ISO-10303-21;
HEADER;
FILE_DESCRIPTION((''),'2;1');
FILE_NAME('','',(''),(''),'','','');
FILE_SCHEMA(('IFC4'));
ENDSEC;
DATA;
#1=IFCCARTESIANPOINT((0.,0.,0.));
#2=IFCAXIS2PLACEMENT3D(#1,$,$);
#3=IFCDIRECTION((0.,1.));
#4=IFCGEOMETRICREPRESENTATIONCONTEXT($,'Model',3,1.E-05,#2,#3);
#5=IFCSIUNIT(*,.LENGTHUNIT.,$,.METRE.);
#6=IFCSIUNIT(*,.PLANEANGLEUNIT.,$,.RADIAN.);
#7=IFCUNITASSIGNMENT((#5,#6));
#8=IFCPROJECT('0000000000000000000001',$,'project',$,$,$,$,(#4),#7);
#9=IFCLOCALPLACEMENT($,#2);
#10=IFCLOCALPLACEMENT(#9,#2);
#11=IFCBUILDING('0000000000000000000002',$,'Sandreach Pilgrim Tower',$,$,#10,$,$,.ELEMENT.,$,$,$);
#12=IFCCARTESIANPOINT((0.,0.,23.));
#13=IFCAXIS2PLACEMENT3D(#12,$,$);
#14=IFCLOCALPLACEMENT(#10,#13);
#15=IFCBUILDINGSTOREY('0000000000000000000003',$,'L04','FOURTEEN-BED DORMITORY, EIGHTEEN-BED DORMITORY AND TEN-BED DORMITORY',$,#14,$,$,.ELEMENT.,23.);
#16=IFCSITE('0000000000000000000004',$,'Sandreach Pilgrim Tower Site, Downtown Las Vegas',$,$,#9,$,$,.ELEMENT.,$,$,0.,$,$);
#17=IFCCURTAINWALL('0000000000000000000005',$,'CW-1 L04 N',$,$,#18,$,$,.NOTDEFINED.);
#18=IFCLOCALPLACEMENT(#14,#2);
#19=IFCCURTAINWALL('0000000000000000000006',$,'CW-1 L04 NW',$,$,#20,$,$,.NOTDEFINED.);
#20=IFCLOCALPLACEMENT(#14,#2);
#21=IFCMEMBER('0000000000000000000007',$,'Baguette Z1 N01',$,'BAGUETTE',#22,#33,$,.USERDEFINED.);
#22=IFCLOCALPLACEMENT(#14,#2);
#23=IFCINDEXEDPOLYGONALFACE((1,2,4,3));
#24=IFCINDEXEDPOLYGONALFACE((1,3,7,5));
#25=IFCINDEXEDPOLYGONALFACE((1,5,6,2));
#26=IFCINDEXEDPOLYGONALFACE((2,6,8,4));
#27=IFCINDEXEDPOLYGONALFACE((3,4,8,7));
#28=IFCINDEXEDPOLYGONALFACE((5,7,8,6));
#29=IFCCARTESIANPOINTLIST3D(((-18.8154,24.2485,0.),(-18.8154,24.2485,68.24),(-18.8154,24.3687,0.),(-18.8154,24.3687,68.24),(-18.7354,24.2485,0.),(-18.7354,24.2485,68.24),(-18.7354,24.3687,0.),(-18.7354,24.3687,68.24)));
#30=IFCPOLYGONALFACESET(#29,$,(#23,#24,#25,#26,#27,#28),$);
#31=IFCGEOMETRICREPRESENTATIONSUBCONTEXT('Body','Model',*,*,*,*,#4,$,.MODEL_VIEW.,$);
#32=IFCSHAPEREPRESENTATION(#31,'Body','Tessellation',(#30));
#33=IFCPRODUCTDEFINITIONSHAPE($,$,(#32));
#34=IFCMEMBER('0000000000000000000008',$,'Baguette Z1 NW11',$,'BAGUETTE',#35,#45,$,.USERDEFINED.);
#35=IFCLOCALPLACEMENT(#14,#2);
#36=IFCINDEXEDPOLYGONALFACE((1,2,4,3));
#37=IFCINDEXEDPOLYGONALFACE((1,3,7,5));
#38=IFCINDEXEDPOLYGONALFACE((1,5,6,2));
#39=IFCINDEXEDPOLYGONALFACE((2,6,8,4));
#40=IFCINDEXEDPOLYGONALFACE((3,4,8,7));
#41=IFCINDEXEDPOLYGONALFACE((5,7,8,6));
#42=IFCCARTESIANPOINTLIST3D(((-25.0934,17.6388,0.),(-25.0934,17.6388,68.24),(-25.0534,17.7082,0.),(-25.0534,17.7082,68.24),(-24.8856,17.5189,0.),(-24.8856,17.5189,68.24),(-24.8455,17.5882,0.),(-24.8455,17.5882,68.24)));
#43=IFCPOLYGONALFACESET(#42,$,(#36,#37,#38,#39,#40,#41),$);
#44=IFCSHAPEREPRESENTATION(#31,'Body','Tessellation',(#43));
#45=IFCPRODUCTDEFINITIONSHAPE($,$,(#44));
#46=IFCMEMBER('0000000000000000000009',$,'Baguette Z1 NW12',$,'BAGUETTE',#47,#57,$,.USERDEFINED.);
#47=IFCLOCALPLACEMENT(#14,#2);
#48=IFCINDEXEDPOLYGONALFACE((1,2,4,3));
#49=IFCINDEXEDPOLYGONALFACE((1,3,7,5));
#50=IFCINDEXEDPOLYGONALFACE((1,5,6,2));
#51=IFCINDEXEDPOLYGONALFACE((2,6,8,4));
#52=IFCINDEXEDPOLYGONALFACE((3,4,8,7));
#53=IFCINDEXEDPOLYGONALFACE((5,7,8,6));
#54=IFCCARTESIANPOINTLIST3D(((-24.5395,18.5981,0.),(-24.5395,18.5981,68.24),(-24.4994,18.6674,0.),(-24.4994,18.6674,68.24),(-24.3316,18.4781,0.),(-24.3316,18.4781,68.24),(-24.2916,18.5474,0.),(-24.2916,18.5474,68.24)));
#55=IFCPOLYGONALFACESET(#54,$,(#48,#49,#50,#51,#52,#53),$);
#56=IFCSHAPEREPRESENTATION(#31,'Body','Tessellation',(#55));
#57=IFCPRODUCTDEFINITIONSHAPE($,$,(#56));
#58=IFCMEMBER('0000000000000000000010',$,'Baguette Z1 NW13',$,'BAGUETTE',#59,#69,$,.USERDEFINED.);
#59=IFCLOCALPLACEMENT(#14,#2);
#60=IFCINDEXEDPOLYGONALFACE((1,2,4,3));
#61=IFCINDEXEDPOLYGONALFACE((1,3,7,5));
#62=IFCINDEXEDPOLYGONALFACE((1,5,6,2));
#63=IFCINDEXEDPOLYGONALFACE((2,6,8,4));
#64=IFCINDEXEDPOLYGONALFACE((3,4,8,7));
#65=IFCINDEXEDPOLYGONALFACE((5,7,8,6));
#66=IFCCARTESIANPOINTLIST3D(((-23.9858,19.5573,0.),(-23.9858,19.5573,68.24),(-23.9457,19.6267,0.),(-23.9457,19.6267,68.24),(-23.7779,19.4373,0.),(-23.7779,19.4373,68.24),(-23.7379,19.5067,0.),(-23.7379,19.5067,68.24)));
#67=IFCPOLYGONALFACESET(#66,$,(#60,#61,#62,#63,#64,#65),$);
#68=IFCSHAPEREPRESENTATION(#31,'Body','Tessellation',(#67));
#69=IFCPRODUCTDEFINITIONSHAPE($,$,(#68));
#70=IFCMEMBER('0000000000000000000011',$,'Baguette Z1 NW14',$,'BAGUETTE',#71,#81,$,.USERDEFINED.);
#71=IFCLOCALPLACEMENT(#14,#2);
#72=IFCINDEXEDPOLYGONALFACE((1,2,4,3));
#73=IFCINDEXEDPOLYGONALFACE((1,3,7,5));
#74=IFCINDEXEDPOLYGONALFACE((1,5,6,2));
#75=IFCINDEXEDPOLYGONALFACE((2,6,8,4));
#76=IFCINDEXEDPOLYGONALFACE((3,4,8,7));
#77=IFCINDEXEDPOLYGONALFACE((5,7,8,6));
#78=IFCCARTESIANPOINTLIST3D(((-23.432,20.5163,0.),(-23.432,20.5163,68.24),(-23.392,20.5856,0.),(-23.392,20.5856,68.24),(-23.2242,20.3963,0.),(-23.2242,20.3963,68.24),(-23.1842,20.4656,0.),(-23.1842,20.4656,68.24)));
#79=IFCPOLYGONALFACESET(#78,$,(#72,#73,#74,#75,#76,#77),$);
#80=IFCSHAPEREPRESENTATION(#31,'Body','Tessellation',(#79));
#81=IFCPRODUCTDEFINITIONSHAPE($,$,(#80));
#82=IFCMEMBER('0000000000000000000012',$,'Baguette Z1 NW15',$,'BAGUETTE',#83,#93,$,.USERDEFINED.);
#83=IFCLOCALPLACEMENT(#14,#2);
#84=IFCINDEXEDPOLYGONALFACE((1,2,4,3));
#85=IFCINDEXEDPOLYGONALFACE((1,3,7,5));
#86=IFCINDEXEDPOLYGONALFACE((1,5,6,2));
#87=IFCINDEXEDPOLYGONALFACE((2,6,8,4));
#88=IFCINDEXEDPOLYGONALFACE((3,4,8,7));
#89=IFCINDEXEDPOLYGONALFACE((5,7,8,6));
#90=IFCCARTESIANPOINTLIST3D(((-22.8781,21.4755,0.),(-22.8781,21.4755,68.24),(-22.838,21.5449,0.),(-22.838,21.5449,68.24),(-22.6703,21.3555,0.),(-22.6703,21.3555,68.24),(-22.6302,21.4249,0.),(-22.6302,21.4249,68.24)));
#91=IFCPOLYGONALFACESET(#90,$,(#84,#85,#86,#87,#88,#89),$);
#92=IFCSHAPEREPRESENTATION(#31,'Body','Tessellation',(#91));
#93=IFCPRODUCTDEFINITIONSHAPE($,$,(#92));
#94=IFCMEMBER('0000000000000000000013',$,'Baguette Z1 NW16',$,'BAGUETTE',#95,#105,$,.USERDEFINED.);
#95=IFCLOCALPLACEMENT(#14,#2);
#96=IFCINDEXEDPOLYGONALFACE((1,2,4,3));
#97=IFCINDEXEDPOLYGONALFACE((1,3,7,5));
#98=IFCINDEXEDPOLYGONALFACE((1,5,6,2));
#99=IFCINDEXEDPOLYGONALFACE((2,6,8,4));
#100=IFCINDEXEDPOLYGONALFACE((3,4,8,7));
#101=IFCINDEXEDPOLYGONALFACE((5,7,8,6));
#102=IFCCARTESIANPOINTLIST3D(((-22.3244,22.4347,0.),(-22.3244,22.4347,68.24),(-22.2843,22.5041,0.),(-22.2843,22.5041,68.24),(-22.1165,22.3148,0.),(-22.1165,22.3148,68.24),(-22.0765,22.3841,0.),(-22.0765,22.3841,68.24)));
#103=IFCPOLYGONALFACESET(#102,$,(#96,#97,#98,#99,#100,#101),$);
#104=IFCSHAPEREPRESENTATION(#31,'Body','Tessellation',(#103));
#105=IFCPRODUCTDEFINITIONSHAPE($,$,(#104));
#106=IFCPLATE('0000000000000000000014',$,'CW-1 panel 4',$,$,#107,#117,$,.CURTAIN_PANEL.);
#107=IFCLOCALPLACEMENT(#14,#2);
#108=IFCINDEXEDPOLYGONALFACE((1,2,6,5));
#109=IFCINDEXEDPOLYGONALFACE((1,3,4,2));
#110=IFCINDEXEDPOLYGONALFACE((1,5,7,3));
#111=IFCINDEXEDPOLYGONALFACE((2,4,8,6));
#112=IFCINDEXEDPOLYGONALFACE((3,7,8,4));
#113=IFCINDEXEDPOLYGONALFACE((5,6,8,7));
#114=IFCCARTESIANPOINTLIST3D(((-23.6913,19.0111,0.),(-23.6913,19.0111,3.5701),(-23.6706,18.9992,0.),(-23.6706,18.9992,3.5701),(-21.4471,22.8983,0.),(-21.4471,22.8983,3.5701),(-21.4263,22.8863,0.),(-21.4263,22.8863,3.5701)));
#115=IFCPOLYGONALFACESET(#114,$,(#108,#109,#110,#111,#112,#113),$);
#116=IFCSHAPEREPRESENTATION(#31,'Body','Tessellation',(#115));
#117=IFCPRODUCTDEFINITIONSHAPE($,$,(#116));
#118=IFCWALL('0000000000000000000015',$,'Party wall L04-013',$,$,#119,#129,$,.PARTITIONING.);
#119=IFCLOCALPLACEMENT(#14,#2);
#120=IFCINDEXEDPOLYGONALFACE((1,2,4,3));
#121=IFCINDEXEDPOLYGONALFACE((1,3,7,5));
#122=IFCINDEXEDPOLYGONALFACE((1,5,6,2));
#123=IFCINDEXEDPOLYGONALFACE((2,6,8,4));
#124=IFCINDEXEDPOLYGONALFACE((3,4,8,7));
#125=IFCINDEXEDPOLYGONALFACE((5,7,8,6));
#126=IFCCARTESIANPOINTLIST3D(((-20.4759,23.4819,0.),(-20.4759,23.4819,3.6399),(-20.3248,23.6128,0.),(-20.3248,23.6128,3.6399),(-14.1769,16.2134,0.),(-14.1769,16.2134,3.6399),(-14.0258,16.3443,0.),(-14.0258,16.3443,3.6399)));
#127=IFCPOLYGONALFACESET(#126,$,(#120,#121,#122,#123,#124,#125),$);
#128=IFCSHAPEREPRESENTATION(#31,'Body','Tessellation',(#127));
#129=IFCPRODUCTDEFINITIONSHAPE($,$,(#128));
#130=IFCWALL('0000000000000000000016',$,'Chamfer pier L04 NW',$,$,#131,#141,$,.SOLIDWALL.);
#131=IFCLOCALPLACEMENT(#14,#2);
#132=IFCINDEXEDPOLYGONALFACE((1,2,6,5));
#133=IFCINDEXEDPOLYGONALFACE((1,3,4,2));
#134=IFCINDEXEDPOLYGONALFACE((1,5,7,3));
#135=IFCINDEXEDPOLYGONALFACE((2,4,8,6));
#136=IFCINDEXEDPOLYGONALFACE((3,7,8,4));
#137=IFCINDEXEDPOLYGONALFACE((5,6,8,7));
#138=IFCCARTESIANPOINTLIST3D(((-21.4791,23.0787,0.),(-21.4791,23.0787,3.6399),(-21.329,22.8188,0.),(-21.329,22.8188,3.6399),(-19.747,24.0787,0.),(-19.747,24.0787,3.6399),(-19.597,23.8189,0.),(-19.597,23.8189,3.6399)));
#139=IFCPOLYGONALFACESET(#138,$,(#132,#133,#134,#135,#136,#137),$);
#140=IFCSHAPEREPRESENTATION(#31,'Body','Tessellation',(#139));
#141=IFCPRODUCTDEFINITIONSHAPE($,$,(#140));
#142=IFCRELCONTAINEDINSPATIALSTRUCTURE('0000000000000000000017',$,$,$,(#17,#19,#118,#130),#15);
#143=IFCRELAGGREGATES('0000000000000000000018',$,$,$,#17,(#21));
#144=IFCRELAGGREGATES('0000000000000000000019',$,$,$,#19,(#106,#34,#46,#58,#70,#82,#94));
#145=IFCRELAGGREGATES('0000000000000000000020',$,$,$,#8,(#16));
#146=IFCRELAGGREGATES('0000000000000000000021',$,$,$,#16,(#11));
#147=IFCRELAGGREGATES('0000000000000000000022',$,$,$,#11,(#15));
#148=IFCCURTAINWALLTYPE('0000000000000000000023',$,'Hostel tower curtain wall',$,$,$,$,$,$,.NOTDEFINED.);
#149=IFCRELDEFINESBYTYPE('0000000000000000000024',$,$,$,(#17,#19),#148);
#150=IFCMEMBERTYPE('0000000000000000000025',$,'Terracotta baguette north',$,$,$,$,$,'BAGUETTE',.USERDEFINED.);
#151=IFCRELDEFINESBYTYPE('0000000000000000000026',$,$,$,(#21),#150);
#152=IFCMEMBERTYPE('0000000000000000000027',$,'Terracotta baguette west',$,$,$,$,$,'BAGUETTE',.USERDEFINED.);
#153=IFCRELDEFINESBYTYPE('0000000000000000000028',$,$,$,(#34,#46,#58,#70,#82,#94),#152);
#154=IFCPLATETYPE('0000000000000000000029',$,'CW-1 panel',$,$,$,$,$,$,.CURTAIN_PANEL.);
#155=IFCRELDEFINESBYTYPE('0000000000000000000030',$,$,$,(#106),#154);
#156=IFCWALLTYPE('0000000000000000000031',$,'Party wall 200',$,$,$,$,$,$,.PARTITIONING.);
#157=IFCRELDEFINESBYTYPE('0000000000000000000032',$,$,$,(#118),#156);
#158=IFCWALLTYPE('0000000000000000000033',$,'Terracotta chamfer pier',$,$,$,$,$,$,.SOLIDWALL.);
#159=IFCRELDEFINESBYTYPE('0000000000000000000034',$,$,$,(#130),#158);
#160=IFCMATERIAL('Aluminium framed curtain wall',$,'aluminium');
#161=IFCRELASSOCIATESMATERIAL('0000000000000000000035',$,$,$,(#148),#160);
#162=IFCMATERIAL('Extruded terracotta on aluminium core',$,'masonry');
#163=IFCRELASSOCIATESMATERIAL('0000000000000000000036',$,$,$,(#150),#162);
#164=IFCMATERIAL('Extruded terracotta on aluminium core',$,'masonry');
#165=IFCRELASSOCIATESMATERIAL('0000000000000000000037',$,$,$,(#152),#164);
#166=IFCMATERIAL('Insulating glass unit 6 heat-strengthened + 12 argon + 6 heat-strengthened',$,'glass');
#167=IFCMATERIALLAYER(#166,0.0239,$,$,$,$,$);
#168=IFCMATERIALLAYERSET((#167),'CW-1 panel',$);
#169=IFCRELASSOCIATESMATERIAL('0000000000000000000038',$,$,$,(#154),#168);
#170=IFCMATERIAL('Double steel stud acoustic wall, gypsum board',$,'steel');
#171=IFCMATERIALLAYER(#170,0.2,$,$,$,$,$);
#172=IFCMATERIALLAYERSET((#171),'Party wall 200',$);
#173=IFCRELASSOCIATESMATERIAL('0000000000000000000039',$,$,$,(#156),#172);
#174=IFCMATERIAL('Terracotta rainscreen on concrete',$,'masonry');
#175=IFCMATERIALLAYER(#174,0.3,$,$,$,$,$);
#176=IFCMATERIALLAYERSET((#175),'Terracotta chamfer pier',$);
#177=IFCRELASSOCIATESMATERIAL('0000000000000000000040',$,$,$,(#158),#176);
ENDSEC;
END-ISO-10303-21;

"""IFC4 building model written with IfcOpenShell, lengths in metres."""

from ifc_helpers import new_model, si_unit, direction, frame, frame_2d, origin, origin_2d, place, context, subcontext, project, spatial, rectangle, extrude, material, layer, layer_set, material_profile, profile_set, type_object, element, aggregate, save


model = new_model("IFC4")

# Units and contexts
model_context = context("Model", 3, precision=1e-05, world=origin(), true_north=direction((0.0, 1.0)))
body_context = subcontext(model_context, "Body", "Model", "MODEL_VIEW")
ifc_project = project(units=[si_unit("LENGTHUNIT", "METRE"), si_unit("PLANEANGLEUNIT", "RADIAN")], contexts=[model_context])

# Site, building, storey
site_placement = place(None, origin())
site = spatial("IfcSite", under=ifc_project, at=site_placement, Name="Sandreach Pilgrim Tower Site, Downtown Las Vegas", CompositionType="ELEMENT", RefElevation=0.0)
building_placement = place(site_placement, origin())
building = spatial("IfcBuilding", under=site, at=building_placement, Name="Sandreach Pilgrim Tower", CompositionType="ELEMENT")
storey_placement = place(building_placement, frame((0.0, 0.0, 23.0)))
storey = spatial("IfcBuildingStorey", under=building, at=storey_placement, Name="L04", Description="FOURTEEN-BED DORMITORY, EIGHTEEN-BED DORMITORY AND TEN-BED DORMITORY", CompositionType="ELEMENT", Elevation=23.0)

# Curtain wall
ifc_material_1 = material(Name="Aluminium framed curtain wall", Category="aluminium")
curtain_wall_type = type_object("IfcCurtainWallType", Name="Hostel tower curtain wall", PredefinedType="NOTDEFINED", material=ifc_material_1)
curtain_wall_1_placement = place(storey_placement, origin())
curtain_wall_1 = element("IfcCurtainWall", 1, at=curtain_wall_1_placement, inside=storey, type_object=curtain_wall_type, Name="CW-1 L04 N", PredefinedType="NOTDEFINED")

# Curtain wall
curtain_wall_2_placement = place(storey_placement, origin())
curtain_wall_2 = element("IfcCurtainWall", 2, at=curtain_wall_2_placement, inside=storey, type_object=curtain_wall_type, Name="CW-1 L04 NW", PredefinedType="NOTDEFINED")

# Members
ifc_material_2 = material(Name="Extruded terracotta on aluminium core", Category="masonry")
ifc_material_profile_1 = material_profile(ifc_material_2, rectangle(XDim=0.0801, YDim=0.1201, at=origin_2d()), Name="TBN 80X120")
ifc_profile_set_1 = profile_set([ifc_material_profile_1], Name="Extruded terracotta on aluminium core")
member_type_1 = type_object("IfcMemberType", Name="Terracotta baguette north", ElementType="BAGUETTE", PredefinedType="USERDEFINED", material=ifc_profile_set_1)
member_1_placement = place(storey_placement, frame((-18.7754, 24.3086, 0.0), z_axis=(0.0, 0.0, 1.0), x_axis=(1.0, 0.0, 0.0)))
member_1 = element("IfcMember", 3, at=member_1_placement, type_object=member_type_1, Name="Baguette Z1 N01", ObjectType="BAGUETTE", PredefinedType="USERDEFINED", context=body_context, shape_type="SweptSolid", body=[
    extrude(rectangle(XDim=0.0801, YDim=0.1201, at=origin_2d()), origin(), (0.0, 0.0, 1.0), 68.24),
])
aggregate(curtain_wall_1, [member_1])
ifc_material_3 = material(Name="Extruded terracotta on aluminium core", Category="masonry")
ifc_material_profile_2 = material_profile(ifc_material_3, rectangle(XDim=0.0801, YDim=0.24, at=origin_2d()), Name="TBW 80X240")
ifc_profile_set_2 = profile_set([ifc_material_profile_2], Name="Extruded terracotta on aluminium core")
member_type_2 = type_object("IfcMemberType", Name="Terracotta baguette west", ElementType="BAGUETTE", PredefinedType="USERDEFINED", material=ifc_profile_set_2)
member_2_placement = place(storey_placement, frame((-24.9695, 17.6135, 0.0), z_axis=(0.0, 0.0, 1.0), x_axis=(0.5, 0.866025, 0.0)))
member_2 = element("IfcMember", 4, at=member_2_placement, type_object=member_type_2, Name="Baguette Z1 NW11", ObjectType="BAGUETTE", PredefinedType="USERDEFINED", context=body_context, shape_type="SweptSolid", body=[
    extrude(rectangle(XDim=0.0801, YDim=0.24, at=origin_2d()), origin(), (0.0, 0.0, 1.0), 68.24),
])
member_3_placement = place(storey_placement, frame((-24.4155, 18.5728, 0.0), z_axis=(0.0, 0.0, 1.0), x_axis=(0.5, 0.866025, 0.0)))
member_3 = element("IfcMember", 5, at=member_3_placement, type_object=member_type_2, Name="Baguette Z1 NW12", ObjectType="BAGUETTE", PredefinedType="USERDEFINED", context=body_context, shape_type="SweptSolid", body=[
    extrude(rectangle(XDim=0.0801, YDim=0.24, at=origin_2d()), origin(), (0.0, 0.0, 1.0), 68.24),
])
member_4_placement = place(storey_placement, frame((-23.8618, 19.532, 0.0), z_axis=(0.0, 0.0, 1.0), x_axis=(0.5, 0.866025, 0.0)))
member_4 = element("IfcMember", 6, at=member_4_placement, type_object=member_type_2, Name="Baguette Z1 NW13", ObjectType="BAGUETTE", PredefinedType="USERDEFINED", context=body_context, shape_type="SweptSolid", body=[
    extrude(rectangle(XDim=0.0801, YDim=0.24, at=origin_2d()), origin(), (0.0, 0.0, 1.0), 68.24),
])
member_5_placement = place(storey_placement, frame((-23.3081, 20.491, 0.0), z_axis=(0.0, 0.0, 1.0), x_axis=(0.5, 0.866025, 0.0)))
member_5 = element("IfcMember", 7, at=member_5_placement, type_object=member_type_2, Name="Baguette Z1 NW14", ObjectType="BAGUETTE", PredefinedType="USERDEFINED", context=body_context, shape_type="SweptSolid", body=[
    extrude(rectangle(XDim=0.0801, YDim=0.24, at=origin_2d()), origin(), (0.0, 0.0, 1.0), 68.24),
])
member_6_placement = place(storey_placement, frame((-22.7542, 21.4502, 0.0), z_axis=(0.0, 0.0, 1.0), x_axis=(0.5, 0.866025, 0.0)))
member_6 = element("IfcMember", 8, at=member_6_placement, type_object=member_type_2, Name="Baguette Z1 NW15", ObjectType="BAGUETTE", PredefinedType="USERDEFINED", context=body_context, shape_type="SweptSolid", body=[
    extrude(rectangle(XDim=0.0801, YDim=0.24, at=origin_2d()), origin(), (0.0, 0.0, 1.0), 68.24),
])
member_7_placement = place(storey_placement, frame((-22.2004, 22.4094, 0.0), z_axis=(0.0, 0.0, 1.0), x_axis=(0.5, 0.866025, 0.0)))
member_7 = element("IfcMember", 9, at=member_7_placement, type_object=member_type_2, Name="Baguette Z1 NW16", ObjectType="BAGUETTE", PredefinedType="USERDEFINED", context=body_context, shape_type="SweptSolid", body=[
    extrude(rectangle(XDim=0.0801, YDim=0.24, at=origin_2d()), origin(), (0.0, 0.0, 1.0), 68.24),
])

# Plate
ifc_material_4 = material(Name="Insulating glass unit 6 heat-strengthened + 12 argon + 6 heat-strengthened", Category="glass")
ifc_layer_1 = layer(ifc_material_4, 0.0239)
ifc_layer_set_1 = layer_set([ifc_layer_1], Name="CW-1 panel")
plate_type = type_object("IfcPlateType", Name="CW-1 panel", PredefinedType="CURTAIN_PANEL", material=ifc_layer_set_1)
plate_placement = place(storey_placement, frame((-22.5588, 20.9487, 0.0), z_axis=(0.0, 0.0, 1.0), x_axis=(0.5, 0.866025, 0.0)))
plate = element("IfcPlate", 10, at=plate_placement, type_object=plate_type, Name="CW-1 panel 4", PredefinedType="CURTAIN_PANEL", context=body_context, shape_type="SweptSolid", body=[
    extrude(rectangle(XDim=4.4885, YDim=0.0239, at=origin_2d()), origin(), (0.0, 0.0, 1.0), 3.5701),
])
aggregate(curtain_wall_2, [plate, member_2, member_3, member_4, member_5, member_6, member_7])

# Walls
ifc_material_5 = material(Name="Double steel stud acoustic wall, gypsum board", Category="steel")
ifc_layer_2 = layer(ifc_material_5, 0.2)
ifc_layer_set_2 = layer_set([ifc_layer_2], Name="Party wall 200")
wall_type_1 = type_object("IfcWallType", Name="Party wall 200", PredefinedType="PARTITIONING", material=ifc_layer_set_2)
wall_1_placement = place(storey_placement, frame((-20.4004, 23.5474, 0.0), z_axis=(0.0, 0.0, 1.0), x_axis=(0.65491, -0.755707, 0.0)))
element("IfcWall", 11, at=wall_1_placement, inside=storey, type_object=wall_type_1, Name="Party wall L04-013", PredefinedType="PARTITIONING", context=body_context, shape_type="SweptSolid", body=[
    extrude(rectangle(XDim=9.6182, YDim=0.2, at=frame_2d((4.8091, 0.0))), origin(), (0.0, 0.0, 1.0), 3.6399),
])
ifc_material_6 = material(Name="Terracotta rainscreen on concrete", Category="masonry")
ifc_layer_3 = layer(ifc_material_6, 0.3)
ifc_layer_set_3 = layer_set([ifc_layer_3], Name="Terracotta chamfer pier")
wall_type_2 = type_object("IfcWallType", Name="Terracotta chamfer pier", PredefinedType="SOLIDWALL", material=ifc_layer_set_3)
wall_2_placement = place(storey_placement, frame((-21.4041, 22.9487, 0.0), z_axis=(0.0, 0.0, 1.0), x_axis=(0.866011, 0.500025, 0.0)))
element("IfcWall", 12, at=wall_2_placement, inside=storey, type_object=wall_type_2, Name="Chamfer pier L04 NW", PredefinedType="SOLIDWALL", context=body_context, shape_type="SweptSolid", body=[
    extrude(rectangle(XDim=2.0, YDim=0.3, at=frame_2d((1.0, 0.0))), origin(), (0.0, 0.0, 1.0), 3.6399),
])

save(model, "model.ifc")
